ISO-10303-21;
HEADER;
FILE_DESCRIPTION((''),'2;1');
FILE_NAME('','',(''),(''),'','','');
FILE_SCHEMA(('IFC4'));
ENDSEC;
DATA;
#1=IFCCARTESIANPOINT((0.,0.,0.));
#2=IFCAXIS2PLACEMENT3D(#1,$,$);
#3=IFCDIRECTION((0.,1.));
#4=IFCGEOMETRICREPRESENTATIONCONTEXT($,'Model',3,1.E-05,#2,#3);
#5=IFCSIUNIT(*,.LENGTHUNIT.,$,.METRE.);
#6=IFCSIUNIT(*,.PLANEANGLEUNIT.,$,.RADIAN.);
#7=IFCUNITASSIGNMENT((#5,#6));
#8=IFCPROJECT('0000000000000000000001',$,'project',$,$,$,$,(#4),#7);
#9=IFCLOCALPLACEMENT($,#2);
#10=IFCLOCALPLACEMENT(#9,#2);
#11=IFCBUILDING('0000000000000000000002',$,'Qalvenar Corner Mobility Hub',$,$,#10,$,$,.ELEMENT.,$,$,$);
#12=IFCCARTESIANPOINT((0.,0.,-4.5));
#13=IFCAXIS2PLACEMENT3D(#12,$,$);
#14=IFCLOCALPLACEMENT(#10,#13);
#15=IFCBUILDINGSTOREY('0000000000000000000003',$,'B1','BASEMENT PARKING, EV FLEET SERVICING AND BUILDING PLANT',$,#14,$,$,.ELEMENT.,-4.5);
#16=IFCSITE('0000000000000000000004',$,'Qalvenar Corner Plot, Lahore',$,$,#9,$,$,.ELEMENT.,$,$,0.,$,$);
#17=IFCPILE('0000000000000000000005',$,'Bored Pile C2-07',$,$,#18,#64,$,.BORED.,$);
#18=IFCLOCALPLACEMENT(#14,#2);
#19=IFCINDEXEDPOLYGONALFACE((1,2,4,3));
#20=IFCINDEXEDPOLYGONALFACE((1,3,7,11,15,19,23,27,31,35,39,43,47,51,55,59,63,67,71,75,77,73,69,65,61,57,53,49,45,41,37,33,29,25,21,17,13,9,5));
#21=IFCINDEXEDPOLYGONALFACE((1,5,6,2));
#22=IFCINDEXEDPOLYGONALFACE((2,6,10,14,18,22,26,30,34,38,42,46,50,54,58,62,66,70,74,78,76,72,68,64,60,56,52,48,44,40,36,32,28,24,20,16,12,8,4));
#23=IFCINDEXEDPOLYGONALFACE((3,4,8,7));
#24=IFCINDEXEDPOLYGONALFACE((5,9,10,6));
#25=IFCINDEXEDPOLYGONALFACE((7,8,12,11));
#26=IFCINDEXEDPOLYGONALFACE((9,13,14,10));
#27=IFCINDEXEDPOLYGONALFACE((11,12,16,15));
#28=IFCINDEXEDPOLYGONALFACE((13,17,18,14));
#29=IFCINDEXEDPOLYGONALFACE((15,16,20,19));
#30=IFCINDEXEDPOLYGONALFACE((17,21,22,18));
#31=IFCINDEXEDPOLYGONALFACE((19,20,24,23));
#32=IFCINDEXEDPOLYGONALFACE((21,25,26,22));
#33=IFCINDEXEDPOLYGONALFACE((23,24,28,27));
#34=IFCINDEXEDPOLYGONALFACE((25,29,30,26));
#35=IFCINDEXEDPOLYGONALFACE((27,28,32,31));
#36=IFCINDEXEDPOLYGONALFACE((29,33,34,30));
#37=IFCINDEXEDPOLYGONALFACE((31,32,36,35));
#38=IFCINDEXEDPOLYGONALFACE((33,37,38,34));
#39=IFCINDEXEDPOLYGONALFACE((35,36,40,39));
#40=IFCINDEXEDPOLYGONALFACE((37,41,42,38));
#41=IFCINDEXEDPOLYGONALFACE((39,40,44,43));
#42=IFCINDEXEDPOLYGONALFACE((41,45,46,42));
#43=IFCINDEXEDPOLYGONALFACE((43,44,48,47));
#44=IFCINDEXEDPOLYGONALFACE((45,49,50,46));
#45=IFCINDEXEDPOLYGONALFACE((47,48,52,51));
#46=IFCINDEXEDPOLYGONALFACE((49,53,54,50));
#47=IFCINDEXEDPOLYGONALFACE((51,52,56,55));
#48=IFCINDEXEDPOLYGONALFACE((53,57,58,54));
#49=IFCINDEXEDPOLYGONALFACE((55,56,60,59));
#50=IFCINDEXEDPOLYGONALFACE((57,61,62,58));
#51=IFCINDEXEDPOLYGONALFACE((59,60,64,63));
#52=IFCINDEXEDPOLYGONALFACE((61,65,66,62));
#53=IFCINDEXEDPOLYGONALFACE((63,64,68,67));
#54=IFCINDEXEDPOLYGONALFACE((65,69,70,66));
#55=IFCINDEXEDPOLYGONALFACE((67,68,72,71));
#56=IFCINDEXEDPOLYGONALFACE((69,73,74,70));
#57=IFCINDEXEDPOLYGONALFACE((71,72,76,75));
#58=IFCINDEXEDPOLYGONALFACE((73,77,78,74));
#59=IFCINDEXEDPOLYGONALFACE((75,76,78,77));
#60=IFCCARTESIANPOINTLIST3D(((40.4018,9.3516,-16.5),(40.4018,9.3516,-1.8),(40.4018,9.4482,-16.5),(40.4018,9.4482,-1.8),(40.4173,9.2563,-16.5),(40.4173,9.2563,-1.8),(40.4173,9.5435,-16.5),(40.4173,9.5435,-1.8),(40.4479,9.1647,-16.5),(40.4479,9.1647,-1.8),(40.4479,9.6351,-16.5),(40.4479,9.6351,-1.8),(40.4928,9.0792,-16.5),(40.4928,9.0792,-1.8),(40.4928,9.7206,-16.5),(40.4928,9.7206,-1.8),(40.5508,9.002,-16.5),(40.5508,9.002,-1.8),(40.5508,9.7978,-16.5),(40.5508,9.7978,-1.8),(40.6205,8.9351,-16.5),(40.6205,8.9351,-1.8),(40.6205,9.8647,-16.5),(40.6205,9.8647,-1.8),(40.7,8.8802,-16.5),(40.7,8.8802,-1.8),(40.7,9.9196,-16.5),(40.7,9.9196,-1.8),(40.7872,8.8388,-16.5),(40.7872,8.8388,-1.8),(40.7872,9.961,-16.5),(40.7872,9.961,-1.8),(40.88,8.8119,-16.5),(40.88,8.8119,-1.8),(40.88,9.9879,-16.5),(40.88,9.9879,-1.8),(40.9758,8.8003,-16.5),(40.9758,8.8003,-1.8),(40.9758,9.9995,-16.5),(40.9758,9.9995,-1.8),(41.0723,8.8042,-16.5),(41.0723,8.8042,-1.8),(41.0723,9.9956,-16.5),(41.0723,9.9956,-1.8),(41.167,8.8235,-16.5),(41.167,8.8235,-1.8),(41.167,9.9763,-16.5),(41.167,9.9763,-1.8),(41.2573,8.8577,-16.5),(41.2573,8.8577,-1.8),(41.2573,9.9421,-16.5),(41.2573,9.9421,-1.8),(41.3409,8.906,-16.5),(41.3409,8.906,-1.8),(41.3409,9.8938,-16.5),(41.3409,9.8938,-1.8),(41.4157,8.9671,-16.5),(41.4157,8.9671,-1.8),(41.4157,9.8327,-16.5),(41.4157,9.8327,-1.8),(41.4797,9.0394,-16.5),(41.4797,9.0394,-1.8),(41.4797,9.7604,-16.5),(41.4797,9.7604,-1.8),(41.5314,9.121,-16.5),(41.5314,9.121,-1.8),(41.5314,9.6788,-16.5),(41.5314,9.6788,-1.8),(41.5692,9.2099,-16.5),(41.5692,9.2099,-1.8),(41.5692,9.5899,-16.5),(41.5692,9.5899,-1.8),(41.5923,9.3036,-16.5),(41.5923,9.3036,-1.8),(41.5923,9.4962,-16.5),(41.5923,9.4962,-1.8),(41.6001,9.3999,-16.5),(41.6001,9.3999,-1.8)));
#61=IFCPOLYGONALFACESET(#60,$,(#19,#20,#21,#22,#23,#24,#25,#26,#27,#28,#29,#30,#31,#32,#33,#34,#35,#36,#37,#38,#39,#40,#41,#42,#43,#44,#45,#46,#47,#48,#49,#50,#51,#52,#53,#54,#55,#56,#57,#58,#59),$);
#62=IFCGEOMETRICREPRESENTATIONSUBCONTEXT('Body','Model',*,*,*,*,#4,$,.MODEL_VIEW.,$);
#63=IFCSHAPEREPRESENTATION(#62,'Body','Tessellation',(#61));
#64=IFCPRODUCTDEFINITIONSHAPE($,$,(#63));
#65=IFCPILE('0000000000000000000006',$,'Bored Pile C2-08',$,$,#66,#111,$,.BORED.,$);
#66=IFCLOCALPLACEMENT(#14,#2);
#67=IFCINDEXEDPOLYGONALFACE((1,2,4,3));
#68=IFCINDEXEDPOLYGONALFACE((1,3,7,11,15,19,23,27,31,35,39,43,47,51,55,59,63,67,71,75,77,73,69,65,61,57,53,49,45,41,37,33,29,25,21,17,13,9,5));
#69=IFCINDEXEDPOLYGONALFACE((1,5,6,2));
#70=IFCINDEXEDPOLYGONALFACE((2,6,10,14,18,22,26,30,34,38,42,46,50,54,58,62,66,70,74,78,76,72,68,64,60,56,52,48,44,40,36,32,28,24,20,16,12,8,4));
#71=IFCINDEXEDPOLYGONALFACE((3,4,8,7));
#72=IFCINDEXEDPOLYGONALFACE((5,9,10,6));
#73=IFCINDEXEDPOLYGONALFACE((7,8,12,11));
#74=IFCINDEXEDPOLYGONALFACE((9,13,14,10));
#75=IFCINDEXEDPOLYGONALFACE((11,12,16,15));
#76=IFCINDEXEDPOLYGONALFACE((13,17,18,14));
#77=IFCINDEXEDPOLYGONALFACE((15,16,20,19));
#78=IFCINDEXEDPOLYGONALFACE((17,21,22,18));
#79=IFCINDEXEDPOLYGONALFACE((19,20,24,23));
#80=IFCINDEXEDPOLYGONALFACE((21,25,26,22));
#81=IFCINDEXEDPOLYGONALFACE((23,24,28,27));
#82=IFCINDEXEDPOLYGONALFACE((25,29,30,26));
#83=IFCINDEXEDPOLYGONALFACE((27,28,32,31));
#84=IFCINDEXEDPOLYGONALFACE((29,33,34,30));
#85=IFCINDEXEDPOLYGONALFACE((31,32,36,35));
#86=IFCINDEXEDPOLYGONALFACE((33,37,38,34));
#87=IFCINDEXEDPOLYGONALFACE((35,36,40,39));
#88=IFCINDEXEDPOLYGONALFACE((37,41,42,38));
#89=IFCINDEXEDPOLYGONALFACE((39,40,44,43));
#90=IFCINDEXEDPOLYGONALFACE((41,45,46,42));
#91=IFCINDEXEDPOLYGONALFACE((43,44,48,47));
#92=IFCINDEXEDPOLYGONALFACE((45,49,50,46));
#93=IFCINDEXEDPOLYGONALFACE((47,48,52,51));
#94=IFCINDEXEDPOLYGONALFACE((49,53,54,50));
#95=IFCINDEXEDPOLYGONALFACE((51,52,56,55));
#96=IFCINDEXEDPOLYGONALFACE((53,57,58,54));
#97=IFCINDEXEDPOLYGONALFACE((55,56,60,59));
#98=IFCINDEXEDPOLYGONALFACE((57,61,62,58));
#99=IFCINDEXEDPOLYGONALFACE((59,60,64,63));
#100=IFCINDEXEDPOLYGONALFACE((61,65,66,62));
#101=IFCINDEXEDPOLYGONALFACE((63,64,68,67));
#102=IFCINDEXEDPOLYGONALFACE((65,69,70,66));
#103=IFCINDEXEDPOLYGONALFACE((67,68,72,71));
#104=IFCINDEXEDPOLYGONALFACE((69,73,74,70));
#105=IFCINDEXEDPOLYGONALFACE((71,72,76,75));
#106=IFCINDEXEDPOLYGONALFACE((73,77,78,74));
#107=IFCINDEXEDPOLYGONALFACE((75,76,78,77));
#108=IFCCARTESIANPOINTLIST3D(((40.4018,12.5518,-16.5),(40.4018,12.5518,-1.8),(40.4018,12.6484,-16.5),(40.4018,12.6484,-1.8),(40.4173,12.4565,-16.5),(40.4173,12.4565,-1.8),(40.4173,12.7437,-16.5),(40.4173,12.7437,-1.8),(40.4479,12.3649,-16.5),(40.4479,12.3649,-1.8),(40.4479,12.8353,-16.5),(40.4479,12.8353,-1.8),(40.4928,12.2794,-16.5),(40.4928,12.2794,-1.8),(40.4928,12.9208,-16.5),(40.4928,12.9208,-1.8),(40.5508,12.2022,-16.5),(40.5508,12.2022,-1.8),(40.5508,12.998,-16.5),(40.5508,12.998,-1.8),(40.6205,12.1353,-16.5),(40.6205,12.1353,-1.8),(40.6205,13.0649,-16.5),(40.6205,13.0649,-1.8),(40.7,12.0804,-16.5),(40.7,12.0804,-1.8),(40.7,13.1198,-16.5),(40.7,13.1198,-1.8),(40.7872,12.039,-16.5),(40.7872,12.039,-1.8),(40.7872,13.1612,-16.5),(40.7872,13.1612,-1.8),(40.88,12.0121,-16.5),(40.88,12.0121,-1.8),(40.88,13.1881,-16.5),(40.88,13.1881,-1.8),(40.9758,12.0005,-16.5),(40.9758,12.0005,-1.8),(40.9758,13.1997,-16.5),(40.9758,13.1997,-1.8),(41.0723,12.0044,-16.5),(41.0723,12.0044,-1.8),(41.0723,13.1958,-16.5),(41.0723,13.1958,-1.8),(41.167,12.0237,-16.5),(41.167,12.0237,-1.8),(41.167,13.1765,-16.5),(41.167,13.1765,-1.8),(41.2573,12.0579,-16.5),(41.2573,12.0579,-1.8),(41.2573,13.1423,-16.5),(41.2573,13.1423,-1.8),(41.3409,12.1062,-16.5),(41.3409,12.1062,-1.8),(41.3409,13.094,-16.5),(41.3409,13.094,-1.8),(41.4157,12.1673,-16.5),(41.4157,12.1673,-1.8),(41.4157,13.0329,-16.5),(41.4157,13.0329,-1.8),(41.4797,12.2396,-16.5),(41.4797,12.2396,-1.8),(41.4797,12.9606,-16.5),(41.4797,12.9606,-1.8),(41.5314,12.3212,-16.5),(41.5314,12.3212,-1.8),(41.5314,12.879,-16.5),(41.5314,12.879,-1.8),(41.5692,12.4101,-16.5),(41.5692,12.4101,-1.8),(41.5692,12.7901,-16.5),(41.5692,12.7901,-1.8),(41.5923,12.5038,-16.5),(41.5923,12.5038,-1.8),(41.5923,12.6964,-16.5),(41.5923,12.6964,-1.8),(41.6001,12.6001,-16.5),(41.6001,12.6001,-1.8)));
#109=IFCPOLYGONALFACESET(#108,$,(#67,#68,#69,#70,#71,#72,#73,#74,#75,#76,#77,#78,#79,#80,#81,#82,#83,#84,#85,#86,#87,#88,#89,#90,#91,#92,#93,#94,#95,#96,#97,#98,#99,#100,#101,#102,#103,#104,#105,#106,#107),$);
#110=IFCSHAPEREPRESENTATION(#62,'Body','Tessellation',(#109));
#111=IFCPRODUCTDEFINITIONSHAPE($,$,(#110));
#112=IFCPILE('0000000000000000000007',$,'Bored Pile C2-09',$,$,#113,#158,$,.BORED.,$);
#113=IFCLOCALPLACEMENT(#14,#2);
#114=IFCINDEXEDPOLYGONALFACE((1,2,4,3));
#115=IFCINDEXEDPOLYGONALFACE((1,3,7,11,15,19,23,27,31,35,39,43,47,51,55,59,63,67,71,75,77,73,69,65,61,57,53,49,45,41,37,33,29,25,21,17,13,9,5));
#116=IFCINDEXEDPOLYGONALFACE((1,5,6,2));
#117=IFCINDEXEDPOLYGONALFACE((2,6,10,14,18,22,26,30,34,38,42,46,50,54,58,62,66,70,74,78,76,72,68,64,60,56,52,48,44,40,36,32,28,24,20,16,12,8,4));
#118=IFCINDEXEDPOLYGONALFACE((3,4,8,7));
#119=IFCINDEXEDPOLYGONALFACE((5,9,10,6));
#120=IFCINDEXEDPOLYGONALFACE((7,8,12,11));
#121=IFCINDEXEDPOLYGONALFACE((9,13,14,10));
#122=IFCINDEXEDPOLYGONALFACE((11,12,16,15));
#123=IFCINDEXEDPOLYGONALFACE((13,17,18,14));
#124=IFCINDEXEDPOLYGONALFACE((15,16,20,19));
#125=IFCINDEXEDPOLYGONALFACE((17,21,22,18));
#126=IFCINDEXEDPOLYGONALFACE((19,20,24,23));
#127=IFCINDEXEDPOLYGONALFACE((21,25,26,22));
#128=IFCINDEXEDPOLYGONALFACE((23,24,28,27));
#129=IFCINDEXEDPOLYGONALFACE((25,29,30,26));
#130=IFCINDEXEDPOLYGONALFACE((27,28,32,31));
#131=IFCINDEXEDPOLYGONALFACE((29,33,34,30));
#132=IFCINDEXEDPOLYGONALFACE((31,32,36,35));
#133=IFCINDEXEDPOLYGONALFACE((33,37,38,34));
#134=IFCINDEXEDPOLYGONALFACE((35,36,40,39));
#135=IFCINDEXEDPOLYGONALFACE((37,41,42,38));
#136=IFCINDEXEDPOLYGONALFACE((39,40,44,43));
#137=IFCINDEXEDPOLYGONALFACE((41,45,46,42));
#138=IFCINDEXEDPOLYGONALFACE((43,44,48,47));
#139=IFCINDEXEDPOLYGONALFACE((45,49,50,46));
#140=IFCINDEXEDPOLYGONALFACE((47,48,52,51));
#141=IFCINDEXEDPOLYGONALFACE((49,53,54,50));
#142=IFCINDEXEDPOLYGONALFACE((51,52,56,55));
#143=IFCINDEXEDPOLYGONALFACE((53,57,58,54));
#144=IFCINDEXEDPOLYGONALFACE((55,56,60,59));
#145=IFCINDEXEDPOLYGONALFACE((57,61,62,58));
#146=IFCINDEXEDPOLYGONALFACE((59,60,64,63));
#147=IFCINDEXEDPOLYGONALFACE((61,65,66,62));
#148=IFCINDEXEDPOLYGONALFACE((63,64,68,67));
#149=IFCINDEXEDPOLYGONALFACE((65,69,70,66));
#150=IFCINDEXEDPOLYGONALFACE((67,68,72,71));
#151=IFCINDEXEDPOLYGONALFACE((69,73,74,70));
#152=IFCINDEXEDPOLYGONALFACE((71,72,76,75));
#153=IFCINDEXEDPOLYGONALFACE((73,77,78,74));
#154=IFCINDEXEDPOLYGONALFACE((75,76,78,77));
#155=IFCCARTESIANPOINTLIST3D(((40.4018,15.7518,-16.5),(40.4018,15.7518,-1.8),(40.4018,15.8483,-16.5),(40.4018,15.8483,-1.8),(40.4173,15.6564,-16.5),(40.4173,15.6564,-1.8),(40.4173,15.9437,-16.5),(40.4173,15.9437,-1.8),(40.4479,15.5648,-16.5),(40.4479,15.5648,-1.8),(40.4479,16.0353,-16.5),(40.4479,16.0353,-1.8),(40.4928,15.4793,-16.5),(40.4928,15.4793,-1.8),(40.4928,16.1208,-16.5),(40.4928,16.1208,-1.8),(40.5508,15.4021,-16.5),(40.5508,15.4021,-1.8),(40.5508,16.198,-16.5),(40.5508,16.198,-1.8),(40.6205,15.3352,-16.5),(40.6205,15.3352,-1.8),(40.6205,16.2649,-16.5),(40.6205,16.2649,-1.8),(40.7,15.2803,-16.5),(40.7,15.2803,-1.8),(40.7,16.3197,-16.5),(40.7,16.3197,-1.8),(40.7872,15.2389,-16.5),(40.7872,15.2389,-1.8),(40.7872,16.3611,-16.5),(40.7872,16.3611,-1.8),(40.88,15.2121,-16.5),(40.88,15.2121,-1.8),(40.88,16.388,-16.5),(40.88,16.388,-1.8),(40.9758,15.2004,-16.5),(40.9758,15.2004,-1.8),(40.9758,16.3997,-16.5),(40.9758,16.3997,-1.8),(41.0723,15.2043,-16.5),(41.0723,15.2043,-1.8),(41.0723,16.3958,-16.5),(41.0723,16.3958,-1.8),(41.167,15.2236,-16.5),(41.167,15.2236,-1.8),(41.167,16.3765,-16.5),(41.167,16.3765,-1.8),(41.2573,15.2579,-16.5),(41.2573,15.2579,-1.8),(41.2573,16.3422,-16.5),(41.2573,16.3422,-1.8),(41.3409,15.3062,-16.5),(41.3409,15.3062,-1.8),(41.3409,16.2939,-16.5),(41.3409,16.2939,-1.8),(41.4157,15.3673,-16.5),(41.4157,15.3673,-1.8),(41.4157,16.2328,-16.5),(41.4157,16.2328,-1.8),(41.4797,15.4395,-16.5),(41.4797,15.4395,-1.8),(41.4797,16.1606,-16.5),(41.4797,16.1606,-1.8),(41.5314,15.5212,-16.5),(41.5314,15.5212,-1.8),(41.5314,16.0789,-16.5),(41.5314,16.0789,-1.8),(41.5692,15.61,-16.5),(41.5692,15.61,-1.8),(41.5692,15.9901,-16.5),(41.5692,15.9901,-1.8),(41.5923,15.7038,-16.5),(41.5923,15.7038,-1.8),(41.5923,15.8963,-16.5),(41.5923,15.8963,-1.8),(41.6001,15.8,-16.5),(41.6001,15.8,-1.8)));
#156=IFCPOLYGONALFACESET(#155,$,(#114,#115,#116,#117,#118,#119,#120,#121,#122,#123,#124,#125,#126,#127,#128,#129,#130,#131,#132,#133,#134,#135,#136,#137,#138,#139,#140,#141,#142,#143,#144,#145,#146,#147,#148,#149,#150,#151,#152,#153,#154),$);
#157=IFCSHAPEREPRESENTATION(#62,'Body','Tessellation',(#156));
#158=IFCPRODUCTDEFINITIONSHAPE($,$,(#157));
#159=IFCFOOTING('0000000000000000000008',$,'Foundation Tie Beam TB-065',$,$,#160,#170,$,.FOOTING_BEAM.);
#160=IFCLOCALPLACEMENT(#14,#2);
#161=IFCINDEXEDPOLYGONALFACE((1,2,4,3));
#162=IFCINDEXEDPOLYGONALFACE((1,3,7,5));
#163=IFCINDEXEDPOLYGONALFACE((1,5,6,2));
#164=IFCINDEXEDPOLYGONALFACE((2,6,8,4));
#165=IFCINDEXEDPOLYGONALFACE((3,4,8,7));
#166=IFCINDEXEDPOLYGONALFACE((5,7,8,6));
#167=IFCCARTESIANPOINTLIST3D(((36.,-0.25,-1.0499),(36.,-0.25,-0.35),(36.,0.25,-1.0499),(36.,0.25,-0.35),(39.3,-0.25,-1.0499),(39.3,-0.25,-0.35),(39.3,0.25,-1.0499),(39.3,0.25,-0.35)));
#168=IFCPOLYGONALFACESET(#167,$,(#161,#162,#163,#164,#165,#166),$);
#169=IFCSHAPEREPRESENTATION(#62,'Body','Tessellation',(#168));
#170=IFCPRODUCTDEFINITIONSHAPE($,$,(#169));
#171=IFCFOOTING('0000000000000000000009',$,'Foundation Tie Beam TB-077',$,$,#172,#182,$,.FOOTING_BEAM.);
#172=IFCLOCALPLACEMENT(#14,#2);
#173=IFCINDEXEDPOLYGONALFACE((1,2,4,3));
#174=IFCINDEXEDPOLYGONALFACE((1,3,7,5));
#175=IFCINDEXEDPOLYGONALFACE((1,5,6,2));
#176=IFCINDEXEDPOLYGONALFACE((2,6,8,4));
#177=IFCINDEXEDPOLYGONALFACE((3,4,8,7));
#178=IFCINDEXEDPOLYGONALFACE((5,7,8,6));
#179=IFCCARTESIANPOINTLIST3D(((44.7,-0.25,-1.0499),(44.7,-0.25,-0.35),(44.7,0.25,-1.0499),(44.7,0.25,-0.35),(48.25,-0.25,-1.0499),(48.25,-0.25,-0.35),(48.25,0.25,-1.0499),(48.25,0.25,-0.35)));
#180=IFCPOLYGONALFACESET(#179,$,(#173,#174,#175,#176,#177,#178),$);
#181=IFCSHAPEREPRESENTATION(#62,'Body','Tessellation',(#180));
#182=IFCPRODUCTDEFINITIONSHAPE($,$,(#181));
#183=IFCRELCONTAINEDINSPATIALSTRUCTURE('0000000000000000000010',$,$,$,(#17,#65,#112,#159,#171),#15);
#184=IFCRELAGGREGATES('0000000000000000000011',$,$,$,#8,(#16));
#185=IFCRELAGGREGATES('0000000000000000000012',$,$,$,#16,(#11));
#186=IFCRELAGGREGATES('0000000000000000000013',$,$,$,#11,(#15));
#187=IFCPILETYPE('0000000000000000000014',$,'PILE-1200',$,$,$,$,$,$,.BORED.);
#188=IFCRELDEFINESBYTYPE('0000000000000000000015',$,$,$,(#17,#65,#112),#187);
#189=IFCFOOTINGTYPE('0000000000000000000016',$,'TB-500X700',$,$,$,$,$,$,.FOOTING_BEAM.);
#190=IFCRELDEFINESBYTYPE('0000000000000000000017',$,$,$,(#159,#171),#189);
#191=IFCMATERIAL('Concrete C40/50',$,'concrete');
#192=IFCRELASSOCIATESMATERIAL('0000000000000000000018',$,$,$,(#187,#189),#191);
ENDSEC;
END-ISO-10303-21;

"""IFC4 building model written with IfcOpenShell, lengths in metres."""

from ifc_helpers import new_model, si_unit, direction, frame, origin, origin_2d, place, context, subcontext, project, spatial, rectangle, circle, extrude, material, material_profile, profile_set, type_object, element, save


model = new_model("IFC4")

# Units and contexts
model_context = context("Model", 3, precision=1e-05, world=origin(), true_north=direction((0.0, 1.0)))
body_context = subcontext(model_context, "Body", "Model", "MODEL_VIEW")
ifc_project = project(units=[si_unit("LENGTHUNIT", "METRE"), si_unit("PLANEANGLEUNIT", "RADIAN")], contexts=[model_context])

# Site, building, storey
site_placement = place(None, origin())
site = spatial("IfcSite", under=ifc_project, at=site_placement, Name="Qalvenar Corner Plot, Lahore", CompositionType="ELEMENT", RefElevation=0.0)
building_placement = place(site_placement, origin())
building = spatial("IfcBuilding", under=site, at=building_placement, Name="Qalvenar Corner Mobility Hub", CompositionType="ELEMENT")
storey_placement = place(building_placement, frame((0.0, 0.0, -4.5)))
storey = spatial("IfcBuildingStorey", under=building, at=storey_placement, Name="B1", Description="BASEMENT PARKING, EV FLEET SERVICING AND BUILDING PLANT", CompositionType="ELEMENT", Elevation=-4.5)

# Shared definitions
ifc_material_1 = material(Name="Concrete C40/50", Category="concrete")

# Piles
ifc_material_profile_1 = material_profile(ifc_material_1, circle(Radius=0.6001, at=origin_2d()), Name="DIA1200")
ifc_profile_set_1 = profile_set([ifc_material_profile_1], Name="Concrete C40/50")
pile_type_1 = type_object("IfcPileType", Name="PILE-1200", PredefinedType="BORED", material=ifc_profile_set_1)
for number, where, z_axis, x_axis, name in (
    (1, (41.0, 9.3999, -1.8), (0.0, 0.0, -1.0), (1.0, 0.0, 0.0), "Bored Pile C2-07"),
    (2, (41.0, 12.6001, -1.8), (0.0, 0.0, -1.0), (1.0, 0.0, 0.0), "Bored Pile C2-08"),
    (3, (41.0, 15.8, -1.8), (0.0, 0.0, -1.0), (1.0, 0.0, 0.0), "Bored Pile C2-09"),
):
    element("IfcPile", number, at=place(storey_placement, frame(where, z_axis=z_axis, x_axis=x_axis)), inside=storey, type_object=pile_type_1, Name=name, PredefinedType="BORED", context=body_context, shape_type="SweptSolid", body=[
        extrude(circle(Radius=0.6001, at=origin_2d()), origin(), (0.0, 0.0, 1.0), 14.7),
    ])

# Footings
ifc_material_profile_2 = material_profile(ifc_material_1, rectangle(XDim=0.5, YDim=0.7, at=origin_2d()), Name="RC500x700")
ifc_profile_set_2 = profile_set([ifc_material_profile_2], Name="Concrete C40/50")
footing_type_1 = type_object("IfcFootingType", Name="TB-500X700", PredefinedType="FOOTING_BEAM", material=ifc_profile_set_2)
footing_1_placement = place(storey_placement, frame((36.0, 0.0, -0.7), z_axis=(1.0, 0.0, 0.0), x_axis=(0.0, 1.0, 0.0)))
element("IfcFooting", 4, at=footing_1_placement, inside=storey, type_object=footing_type_1, Name="Foundation Tie Beam TB-065", PredefinedType="FOOTING_BEAM", context=body_context, shape_type="SweptSolid", body=[
    extrude(rectangle(XDim=0.5, YDim=0.7, at=origin_2d()), origin(), (0.0, 0.0, 1.0), 3.3),
])
footing_2_placement = place(storey_placement, frame((44.7, 0.0, -0.7), z_axis=(1.0, 0.0, 0.0), x_axis=(0.0, 1.0, 0.0)))
element("IfcFooting", 5, at=footing_2_placement, inside=storey, type_object=footing_type_1, Name="Foundation Tie Beam TB-077", PredefinedType="FOOTING_BEAM", context=body_context, shape_type="SweptSolid", body=[
    extrude(rectangle(XDim=0.5, YDim=0.7, at=origin_2d()), origin(), (0.0, 0.0, 1.0), 3.55),
])

save(model, "model.ifc")
